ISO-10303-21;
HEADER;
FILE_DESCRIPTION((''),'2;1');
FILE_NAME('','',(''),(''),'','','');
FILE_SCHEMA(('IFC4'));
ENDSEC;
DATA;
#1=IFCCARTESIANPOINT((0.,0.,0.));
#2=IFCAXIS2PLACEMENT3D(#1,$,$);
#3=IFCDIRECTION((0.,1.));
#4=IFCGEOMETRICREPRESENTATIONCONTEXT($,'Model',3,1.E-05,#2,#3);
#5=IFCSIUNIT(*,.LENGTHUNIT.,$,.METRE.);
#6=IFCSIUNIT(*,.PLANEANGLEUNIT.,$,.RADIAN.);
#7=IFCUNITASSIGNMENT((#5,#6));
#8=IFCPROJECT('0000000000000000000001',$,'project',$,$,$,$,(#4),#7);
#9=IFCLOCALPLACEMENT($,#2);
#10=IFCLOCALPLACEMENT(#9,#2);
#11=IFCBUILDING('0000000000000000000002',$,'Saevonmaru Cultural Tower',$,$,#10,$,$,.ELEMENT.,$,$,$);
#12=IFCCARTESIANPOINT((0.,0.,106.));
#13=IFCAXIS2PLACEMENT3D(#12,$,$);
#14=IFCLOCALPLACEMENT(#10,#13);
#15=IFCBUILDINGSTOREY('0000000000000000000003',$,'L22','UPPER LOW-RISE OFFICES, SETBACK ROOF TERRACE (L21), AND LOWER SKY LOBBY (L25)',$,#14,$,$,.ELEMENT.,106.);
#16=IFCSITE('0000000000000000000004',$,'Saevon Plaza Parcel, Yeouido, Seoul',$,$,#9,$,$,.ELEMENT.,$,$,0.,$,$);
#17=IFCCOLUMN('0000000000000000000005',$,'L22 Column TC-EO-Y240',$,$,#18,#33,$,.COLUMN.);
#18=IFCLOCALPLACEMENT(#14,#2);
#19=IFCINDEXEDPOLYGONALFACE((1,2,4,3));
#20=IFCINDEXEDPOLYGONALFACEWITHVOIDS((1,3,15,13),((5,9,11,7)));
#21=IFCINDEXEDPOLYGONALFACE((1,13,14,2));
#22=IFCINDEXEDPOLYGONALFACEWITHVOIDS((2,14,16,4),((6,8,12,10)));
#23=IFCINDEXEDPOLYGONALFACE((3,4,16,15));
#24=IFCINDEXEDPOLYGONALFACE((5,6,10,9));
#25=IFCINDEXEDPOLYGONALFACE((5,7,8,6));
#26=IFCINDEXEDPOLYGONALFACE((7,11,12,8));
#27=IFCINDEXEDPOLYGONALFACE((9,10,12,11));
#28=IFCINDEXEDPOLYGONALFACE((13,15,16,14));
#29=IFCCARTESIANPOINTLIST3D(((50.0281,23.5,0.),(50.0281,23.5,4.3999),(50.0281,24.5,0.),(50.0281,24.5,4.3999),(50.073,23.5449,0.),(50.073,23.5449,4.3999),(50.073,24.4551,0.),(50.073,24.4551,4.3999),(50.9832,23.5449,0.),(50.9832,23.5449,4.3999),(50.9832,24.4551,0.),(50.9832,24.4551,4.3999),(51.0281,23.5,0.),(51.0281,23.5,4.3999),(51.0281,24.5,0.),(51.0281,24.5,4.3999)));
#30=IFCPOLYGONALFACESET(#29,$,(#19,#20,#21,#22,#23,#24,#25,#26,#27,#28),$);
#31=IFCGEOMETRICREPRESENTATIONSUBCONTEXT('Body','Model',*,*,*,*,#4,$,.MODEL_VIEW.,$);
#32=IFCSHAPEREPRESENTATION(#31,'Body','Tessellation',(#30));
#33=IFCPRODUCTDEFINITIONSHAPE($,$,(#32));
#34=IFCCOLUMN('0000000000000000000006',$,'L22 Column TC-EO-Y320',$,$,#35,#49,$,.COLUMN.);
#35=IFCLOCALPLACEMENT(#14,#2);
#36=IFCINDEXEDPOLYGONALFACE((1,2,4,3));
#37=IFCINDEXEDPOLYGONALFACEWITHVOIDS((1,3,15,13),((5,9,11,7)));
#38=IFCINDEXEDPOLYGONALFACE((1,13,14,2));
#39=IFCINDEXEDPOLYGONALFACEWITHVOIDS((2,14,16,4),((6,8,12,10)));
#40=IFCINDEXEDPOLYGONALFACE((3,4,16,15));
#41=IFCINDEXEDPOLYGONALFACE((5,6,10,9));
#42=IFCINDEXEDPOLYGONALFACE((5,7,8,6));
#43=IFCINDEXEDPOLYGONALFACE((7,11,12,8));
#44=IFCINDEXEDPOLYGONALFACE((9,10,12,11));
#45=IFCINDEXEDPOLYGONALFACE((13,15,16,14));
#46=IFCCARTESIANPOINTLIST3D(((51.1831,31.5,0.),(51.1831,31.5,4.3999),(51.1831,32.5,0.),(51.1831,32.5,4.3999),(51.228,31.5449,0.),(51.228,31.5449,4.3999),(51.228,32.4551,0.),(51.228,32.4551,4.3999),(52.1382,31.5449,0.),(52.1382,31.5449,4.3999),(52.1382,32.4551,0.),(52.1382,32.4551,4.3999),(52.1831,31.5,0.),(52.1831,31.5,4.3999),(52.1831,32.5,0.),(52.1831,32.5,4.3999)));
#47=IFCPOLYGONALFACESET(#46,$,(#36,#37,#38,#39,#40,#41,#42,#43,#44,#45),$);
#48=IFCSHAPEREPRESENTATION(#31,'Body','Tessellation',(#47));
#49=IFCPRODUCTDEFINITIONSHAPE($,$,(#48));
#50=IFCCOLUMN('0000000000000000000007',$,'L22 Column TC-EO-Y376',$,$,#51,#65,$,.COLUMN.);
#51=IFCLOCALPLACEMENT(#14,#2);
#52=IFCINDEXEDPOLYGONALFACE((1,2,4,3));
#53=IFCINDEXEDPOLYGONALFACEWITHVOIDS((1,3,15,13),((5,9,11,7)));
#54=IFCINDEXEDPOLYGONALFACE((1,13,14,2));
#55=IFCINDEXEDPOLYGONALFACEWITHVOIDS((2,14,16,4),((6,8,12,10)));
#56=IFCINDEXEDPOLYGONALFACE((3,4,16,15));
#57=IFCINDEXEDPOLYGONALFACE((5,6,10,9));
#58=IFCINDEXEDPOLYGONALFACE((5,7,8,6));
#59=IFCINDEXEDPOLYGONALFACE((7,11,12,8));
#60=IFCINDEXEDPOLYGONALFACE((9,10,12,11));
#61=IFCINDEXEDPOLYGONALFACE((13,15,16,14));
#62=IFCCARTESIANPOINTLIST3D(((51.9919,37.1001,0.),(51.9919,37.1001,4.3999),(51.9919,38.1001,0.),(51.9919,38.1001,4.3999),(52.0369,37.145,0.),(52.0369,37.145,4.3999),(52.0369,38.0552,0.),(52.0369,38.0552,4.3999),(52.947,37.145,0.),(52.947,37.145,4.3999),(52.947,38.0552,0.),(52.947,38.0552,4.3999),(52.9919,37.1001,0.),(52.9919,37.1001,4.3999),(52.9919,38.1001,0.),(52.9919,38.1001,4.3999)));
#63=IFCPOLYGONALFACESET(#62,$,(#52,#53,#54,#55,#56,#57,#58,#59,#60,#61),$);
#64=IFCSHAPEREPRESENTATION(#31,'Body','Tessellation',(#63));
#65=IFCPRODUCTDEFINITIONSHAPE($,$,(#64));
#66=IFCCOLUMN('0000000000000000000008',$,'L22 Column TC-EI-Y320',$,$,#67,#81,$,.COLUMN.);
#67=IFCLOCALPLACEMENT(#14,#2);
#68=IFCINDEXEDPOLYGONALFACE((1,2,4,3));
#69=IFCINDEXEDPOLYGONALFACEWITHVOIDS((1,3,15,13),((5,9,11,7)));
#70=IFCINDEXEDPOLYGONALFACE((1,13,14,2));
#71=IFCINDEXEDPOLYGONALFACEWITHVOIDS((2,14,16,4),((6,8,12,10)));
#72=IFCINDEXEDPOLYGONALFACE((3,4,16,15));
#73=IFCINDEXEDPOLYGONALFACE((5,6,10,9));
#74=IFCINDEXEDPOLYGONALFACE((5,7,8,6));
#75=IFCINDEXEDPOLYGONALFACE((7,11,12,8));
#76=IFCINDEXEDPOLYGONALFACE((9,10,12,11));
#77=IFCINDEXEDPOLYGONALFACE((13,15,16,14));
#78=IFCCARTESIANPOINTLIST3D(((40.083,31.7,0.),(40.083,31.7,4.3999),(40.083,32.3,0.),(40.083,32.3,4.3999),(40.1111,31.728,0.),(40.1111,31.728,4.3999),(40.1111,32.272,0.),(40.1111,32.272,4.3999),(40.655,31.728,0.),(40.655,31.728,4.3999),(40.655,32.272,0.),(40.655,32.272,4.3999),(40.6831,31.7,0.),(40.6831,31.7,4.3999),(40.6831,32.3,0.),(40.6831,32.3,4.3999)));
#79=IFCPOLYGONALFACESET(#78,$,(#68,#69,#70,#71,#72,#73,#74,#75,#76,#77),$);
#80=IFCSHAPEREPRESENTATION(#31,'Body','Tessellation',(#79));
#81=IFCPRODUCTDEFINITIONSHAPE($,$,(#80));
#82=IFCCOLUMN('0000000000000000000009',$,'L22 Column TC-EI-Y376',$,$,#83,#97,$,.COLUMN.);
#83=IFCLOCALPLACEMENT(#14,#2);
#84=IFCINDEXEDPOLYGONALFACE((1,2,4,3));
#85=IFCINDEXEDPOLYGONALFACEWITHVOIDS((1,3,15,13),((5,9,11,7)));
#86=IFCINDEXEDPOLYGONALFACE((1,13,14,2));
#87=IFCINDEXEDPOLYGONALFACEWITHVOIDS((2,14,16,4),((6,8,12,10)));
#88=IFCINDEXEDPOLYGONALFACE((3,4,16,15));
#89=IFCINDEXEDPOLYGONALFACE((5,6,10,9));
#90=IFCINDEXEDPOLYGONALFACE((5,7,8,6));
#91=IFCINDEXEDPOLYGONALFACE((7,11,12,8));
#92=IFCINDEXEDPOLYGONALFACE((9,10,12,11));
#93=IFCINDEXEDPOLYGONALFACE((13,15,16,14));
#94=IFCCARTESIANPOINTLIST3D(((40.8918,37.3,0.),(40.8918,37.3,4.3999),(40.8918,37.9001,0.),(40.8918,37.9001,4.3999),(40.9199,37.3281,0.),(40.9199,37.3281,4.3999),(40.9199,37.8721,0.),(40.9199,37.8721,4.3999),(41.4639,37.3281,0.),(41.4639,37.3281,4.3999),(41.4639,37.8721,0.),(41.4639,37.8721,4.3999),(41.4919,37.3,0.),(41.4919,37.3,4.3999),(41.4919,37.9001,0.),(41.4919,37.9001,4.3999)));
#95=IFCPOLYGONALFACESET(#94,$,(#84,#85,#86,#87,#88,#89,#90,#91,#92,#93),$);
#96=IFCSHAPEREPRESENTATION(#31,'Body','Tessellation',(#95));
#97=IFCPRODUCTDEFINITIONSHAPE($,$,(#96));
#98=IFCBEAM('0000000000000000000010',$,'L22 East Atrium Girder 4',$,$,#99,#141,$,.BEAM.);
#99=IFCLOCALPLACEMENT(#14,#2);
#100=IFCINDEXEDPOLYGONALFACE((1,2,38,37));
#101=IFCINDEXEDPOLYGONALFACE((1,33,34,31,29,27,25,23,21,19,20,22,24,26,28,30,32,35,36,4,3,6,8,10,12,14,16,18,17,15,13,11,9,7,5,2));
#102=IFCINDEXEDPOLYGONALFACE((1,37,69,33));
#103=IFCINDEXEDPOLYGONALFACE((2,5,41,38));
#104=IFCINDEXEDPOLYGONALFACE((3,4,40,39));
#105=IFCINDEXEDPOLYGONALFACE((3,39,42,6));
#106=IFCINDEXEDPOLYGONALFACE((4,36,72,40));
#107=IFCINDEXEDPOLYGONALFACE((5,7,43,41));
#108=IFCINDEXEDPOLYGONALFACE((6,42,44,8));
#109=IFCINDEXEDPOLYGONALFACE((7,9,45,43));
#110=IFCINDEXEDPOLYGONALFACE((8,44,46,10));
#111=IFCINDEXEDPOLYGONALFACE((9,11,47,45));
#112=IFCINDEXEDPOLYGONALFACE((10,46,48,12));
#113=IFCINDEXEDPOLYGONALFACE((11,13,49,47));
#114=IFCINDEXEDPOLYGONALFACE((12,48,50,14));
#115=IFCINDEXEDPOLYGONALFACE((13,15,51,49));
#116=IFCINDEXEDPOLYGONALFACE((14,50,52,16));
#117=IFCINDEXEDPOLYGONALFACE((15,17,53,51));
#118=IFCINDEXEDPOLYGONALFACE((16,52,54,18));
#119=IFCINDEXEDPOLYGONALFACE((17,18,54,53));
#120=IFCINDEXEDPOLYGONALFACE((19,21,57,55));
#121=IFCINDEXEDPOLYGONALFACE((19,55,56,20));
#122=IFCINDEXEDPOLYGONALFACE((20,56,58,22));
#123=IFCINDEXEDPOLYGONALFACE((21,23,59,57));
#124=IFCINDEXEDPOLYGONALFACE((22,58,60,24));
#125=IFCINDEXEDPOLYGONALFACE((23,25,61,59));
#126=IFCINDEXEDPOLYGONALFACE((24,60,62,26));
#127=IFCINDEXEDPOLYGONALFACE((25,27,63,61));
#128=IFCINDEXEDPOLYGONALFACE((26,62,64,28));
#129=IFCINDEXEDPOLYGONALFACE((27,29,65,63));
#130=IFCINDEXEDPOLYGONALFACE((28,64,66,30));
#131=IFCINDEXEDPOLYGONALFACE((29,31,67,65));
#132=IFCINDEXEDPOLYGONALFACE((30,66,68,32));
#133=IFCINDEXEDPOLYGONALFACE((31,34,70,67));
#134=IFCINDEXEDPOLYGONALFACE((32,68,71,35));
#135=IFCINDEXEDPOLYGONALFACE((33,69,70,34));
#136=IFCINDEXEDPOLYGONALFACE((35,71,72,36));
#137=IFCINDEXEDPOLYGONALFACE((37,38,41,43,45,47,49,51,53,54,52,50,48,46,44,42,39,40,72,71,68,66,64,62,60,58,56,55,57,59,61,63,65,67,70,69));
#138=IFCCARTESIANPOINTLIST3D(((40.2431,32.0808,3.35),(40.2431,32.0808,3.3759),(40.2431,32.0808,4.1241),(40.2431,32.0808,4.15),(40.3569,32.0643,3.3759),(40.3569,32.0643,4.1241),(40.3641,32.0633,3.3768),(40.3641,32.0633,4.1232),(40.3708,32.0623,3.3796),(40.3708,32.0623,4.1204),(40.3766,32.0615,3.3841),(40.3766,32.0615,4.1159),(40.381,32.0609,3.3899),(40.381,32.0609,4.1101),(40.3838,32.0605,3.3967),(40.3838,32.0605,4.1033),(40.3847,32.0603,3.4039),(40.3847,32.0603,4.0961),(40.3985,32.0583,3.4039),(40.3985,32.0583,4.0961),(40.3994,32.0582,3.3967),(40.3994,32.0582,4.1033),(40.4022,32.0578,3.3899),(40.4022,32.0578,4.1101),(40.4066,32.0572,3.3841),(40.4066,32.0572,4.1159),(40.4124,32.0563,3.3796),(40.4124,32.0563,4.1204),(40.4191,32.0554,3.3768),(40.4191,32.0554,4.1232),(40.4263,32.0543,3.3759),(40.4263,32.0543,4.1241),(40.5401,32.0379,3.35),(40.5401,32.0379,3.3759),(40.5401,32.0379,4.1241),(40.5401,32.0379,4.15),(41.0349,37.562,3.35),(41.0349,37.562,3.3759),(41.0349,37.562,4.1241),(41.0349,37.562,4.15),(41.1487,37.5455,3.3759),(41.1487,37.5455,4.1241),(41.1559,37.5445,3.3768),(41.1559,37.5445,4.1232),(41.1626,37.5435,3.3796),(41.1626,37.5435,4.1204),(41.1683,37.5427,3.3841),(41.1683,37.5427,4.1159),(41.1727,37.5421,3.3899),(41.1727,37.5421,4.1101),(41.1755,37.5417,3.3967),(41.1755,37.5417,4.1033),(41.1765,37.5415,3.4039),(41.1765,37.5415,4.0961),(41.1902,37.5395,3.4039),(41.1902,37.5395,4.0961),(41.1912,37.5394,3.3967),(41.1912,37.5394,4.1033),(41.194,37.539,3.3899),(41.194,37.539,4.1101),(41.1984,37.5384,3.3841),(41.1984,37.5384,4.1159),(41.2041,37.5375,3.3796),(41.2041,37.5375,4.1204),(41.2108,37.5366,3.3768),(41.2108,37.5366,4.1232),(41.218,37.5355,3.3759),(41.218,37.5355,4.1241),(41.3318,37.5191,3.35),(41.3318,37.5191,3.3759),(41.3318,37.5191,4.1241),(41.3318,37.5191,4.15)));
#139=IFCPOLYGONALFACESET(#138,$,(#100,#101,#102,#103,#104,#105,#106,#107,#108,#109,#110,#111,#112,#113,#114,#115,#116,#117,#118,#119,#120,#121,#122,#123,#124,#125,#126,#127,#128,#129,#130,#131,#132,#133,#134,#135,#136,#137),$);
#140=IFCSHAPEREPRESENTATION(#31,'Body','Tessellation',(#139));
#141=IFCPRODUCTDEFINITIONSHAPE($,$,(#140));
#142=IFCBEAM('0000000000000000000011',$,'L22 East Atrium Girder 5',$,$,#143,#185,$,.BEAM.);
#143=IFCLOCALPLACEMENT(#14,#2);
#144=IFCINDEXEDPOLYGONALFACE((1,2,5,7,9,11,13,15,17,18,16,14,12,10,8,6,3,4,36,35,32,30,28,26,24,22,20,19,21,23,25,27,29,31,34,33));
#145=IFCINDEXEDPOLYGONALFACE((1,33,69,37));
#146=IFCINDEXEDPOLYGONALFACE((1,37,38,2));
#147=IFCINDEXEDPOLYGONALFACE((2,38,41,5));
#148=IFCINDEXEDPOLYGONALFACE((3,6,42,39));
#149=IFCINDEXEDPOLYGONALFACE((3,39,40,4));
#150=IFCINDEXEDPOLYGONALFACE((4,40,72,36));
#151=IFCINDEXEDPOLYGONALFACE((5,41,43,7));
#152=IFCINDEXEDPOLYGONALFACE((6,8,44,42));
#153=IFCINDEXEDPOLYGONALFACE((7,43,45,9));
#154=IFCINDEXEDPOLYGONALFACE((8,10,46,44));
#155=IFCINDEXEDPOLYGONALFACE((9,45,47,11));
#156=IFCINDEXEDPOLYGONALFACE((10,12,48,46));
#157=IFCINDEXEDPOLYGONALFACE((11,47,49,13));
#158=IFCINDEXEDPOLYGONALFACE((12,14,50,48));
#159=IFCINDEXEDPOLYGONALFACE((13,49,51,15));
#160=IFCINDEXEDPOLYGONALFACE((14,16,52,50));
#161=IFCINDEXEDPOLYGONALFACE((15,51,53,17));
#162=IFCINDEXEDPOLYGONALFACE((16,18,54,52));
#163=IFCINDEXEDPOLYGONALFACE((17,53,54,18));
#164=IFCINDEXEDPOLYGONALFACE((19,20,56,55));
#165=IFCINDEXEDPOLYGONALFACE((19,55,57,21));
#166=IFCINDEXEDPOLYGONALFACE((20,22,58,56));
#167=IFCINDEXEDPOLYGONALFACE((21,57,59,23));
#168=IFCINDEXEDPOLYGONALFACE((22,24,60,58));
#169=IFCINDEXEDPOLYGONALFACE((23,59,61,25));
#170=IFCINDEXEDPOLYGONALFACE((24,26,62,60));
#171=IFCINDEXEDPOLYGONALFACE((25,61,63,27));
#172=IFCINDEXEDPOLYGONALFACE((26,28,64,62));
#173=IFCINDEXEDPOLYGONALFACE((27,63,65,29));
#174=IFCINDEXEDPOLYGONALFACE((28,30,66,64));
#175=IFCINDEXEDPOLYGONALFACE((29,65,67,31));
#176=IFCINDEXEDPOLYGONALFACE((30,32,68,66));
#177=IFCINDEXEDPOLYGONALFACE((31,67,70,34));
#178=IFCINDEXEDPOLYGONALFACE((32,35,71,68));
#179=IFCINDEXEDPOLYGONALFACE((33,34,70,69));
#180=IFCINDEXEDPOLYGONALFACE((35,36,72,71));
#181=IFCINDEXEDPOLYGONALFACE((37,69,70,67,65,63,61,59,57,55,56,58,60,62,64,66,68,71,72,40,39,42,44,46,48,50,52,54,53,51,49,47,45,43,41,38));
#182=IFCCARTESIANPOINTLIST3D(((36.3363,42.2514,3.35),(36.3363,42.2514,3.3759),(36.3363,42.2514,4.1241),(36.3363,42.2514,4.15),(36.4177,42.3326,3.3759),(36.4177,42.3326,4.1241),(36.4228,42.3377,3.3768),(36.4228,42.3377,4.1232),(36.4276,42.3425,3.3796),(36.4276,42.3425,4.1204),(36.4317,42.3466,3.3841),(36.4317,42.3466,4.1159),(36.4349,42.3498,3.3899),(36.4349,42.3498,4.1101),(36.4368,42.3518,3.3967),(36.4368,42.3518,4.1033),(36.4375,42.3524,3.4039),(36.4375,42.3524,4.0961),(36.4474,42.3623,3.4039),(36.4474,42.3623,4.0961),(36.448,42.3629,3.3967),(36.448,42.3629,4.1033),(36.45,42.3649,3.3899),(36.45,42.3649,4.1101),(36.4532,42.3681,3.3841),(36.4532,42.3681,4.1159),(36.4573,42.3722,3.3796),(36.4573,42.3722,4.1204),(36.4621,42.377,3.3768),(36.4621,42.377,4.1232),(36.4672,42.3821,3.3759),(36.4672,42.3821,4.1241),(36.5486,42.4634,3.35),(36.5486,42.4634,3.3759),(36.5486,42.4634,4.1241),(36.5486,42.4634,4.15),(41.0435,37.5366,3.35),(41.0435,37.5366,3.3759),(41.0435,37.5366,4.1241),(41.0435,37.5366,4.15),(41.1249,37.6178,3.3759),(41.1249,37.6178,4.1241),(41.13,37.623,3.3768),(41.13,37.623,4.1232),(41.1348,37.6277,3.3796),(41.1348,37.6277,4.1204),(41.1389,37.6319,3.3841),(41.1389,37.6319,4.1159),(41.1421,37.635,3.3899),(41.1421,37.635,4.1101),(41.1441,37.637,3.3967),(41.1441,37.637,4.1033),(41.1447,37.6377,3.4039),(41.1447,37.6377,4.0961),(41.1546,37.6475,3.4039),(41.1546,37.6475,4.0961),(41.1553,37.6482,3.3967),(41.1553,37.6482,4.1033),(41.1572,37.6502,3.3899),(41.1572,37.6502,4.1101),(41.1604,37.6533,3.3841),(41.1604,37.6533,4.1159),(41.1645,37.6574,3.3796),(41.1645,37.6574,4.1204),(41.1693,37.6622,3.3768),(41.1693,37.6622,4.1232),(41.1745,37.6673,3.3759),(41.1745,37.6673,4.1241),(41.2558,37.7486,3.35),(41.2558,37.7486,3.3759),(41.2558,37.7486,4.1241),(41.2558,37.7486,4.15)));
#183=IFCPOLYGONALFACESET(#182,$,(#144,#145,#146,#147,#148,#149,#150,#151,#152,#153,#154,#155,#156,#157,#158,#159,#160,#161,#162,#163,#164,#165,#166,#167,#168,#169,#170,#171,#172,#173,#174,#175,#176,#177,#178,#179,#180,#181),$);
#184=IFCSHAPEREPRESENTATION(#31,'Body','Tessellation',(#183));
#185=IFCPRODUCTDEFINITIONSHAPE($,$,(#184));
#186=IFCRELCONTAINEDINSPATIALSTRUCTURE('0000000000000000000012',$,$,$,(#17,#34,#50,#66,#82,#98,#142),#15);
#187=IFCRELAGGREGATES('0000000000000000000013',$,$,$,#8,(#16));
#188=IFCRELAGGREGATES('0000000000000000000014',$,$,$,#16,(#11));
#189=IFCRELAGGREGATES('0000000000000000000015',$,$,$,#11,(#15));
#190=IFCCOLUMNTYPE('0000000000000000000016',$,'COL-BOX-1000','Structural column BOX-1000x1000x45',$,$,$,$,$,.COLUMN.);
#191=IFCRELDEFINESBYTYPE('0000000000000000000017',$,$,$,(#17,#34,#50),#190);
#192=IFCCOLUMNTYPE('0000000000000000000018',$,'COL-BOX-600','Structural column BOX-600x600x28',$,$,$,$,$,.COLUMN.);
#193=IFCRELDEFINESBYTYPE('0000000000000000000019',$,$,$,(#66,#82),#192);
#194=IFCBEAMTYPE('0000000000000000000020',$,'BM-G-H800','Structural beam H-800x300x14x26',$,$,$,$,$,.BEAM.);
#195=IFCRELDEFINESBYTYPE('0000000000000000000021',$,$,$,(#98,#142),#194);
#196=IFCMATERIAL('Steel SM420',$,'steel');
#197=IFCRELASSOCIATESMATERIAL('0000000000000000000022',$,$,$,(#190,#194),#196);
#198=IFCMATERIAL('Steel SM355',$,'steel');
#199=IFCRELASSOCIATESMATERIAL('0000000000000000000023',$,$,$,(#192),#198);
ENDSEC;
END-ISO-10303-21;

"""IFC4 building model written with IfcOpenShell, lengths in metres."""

from ifc_helpers import new_model, si_unit, direction, frame, origin, origin_2d, place, context, subcontext, project, spatial, hollow_rectangle, i_section, extrude, material, material_profile, profile_set, type_object, element, save


model = new_model("IFC4")

# Units and contexts
model_context = context("Model", 3, precision=1e-05, world=origin(), true_north=direction((0.0, 1.0)))
body_context = subcontext(model_context, "Body", "Model", "MODEL_VIEW")
ifc_project = project(units=[si_unit("LENGTHUNIT", "METRE"), si_unit("PLANEANGLEUNIT", "RADIAN")], contexts=[model_context])

# Site, building, storey
site_placement = place(None, origin())
site = spatial("IfcSite", under=ifc_project, at=site_placement, Name="Saevon Plaza Parcel, Yeouido, Seoul", CompositionType="ELEMENT", RefElevation=0.0)
building_placement = place(site_placement, origin())
building = spatial("IfcBuilding", under=site, at=building_placement, Name="Saevonmaru Cultural Tower", CompositionType="ELEMENT")
storey_placement = place(building_placement, frame((0.0, 0.0, 106.0)))
storey = spatial("IfcBuildingStorey", under=building, at=storey_placement, Name="L22", Description="UPPER LOW-RISE OFFICES, SETBACK ROOF TERRACE (L21), AND LOWER SKY LOBBY (L25)", CompositionType="ELEMENT", Elevation=106.0)

# Columns
ifc_material_1 = material(Name="Steel SM420", Category="steel")
ifc_material_profile_1 = material_profile(ifc_material_1, hollow_rectangle(XDim=1.0, YDim=1.0, WallThickness=0.0449, at=origin_2d()), Name="BOX-1000x1000x45")
ifc_profile_set_1 = profile_set([ifc_material_profile_1], Name="Steel SM420")
column_type_1 = type_object("IfcColumnType", Name="COL-BOX-1000", Description="Structural column BOX-1000x1000x45", PredefinedType="COLUMN", material=ifc_profile_set_1)
for number, where, z_axis, x_axis, name in (
    (1, (50.5281, 24.0, 0.0), (0.0, 0.0, 1.0), (1.0, 0.0, 0.0), "L22 Column TC-EO-Y240"),
    (2, (51.6831, 32.0, 0.0), (0.0, 0.0, 1.0), (1.0, 0.0, 0.0), "L22 Column TC-EO-Y320"),
    (3, (52.4919, 37.6001, 0.0), (0.0, 0.0, 1.0), (1.0, 0.0, 0.0), "L22 Column TC-EO-Y376"),
):
    element("IfcColumn", number, at=place(storey_placement, frame(where, z_axis=z_axis, x_axis=x_axis)), inside=storey, type_object=column_type_1, Name=name, PredefinedType="COLUMN", context=body_context, shape_type="SweptSolid", body=[
        extrude(hollow_rectangle(XDim=1.0, YDim=1.0, WallThickness=0.0449, at=origin_2d()), origin(), (0.0, 0.0, 1.0), 4.3999),
    ])
ifc_material_2 = material(Name="Steel SM355", Category="steel")
ifc_material_profile_2 = material_profile(ifc_material_2, hollow_rectangle(XDim=0.6001, YDim=0.6001, WallThickness=0.0281, at=origin_2d()), Name="BOX-600x600x28")
ifc_profile_set_2 = profile_set([ifc_material_profile_2], Name="Steel SM355")
column_type_2 = type_object("IfcColumnType", Name="COL-BOX-600", Description="Structural column BOX-600x600x28", PredefinedType="COLUMN", material=ifc_profile_set_2)
for number, where, z_axis, x_axis, name in (
    (4, (40.3831, 32.0, 0.0), (0.0, 0.0, 1.0), (1.0, 0.0, 0.0), "L22 Column TC-EI-Y320"),
    (5, (41.1919, 37.6001, 0.0), (0.0, 0.0, 1.0), (1.0, 0.0, 0.0), "L22 Column TC-EI-Y376"),
):
    element("IfcColumn", number, at=place(storey_placement, frame(where, z_axis=z_axis, x_axis=x_axis)), inside=storey, type_object=column_type_2, Name=name, PredefinedType="COLUMN", context=body_context, shape_type="SweptSolid", body=[
        extrude(hollow_rectangle(XDim=0.6001, YDim=0.6001, WallThickness=0.0281, at=origin_2d()), origin(), (0.0, 0.0, 1.0), 4.3999),
    ])

# Beams
ifc_material_profile_3 = material_profile(ifc_material_1, i_section(OverallWidth=0.3, OverallDepth=0.8, WebThickness=0.0139, FlangeThickness=0.0259, FilletRadius=0.0281, at=origin_2d()), Name="H-800x300x14x26")
ifc_profile_set_3 = profile_set([ifc_material_profile_3], Name="Steel SM420")
beam_type_1 = type_object("IfcBeamType", Name="BM-G-H800", Description="Structural beam H-800x300x14x26", PredefinedType="BEAM", material=ifc_profile_set_3)
beam_1_placement = place(storey_placement, frame((40.3916, 32.0593, 3.75), z_axis=(0.142964, 0.989728, 0.0), x_axis=(-0.989728, 0.142964, 0.0)))
element("IfcBeam", 6, at=beam_1_placement, inside=storey, type_object=beam_type_1, Name="L22 East Atrium Girder 4", PredefinedType="BEAM", context=body_context, shape_type="SweptSolid", body=[
    extrude(i_section(OverallWidth=0.3, OverallDepth=0.8, WebThickness=0.0139, FlangeThickness=0.0259, FilletRadius=0.0281, at=origin_2d()), origin(), (0.0, 0.0, 1.0), 5.5381),
])
beam_2_placement = place(storey_placement, frame((41.1497, 37.6426, 3.75), z_axis=(-0.706539, 0.707675, 0.0), x_axis=(-0.707675, -0.706539, 0.0)))
element("IfcBeam", 7, at=beam_2_placement, inside=storey, type_object=beam_type_1, Name="L22 East Atrium Girder 5", PredefinedType="BEAM", context=body_context, shape_type="SweptSolid", body=[
    extrude(i_section(OverallWidth=0.3, OverallDepth=0.8, WebThickness=0.0139, FlangeThickness=0.0259, FilletRadius=0.0281, at=origin_2d()), origin(), (0.0, 0.0, 1.0), 6.6624),
])

save(model, "model.ifc")
